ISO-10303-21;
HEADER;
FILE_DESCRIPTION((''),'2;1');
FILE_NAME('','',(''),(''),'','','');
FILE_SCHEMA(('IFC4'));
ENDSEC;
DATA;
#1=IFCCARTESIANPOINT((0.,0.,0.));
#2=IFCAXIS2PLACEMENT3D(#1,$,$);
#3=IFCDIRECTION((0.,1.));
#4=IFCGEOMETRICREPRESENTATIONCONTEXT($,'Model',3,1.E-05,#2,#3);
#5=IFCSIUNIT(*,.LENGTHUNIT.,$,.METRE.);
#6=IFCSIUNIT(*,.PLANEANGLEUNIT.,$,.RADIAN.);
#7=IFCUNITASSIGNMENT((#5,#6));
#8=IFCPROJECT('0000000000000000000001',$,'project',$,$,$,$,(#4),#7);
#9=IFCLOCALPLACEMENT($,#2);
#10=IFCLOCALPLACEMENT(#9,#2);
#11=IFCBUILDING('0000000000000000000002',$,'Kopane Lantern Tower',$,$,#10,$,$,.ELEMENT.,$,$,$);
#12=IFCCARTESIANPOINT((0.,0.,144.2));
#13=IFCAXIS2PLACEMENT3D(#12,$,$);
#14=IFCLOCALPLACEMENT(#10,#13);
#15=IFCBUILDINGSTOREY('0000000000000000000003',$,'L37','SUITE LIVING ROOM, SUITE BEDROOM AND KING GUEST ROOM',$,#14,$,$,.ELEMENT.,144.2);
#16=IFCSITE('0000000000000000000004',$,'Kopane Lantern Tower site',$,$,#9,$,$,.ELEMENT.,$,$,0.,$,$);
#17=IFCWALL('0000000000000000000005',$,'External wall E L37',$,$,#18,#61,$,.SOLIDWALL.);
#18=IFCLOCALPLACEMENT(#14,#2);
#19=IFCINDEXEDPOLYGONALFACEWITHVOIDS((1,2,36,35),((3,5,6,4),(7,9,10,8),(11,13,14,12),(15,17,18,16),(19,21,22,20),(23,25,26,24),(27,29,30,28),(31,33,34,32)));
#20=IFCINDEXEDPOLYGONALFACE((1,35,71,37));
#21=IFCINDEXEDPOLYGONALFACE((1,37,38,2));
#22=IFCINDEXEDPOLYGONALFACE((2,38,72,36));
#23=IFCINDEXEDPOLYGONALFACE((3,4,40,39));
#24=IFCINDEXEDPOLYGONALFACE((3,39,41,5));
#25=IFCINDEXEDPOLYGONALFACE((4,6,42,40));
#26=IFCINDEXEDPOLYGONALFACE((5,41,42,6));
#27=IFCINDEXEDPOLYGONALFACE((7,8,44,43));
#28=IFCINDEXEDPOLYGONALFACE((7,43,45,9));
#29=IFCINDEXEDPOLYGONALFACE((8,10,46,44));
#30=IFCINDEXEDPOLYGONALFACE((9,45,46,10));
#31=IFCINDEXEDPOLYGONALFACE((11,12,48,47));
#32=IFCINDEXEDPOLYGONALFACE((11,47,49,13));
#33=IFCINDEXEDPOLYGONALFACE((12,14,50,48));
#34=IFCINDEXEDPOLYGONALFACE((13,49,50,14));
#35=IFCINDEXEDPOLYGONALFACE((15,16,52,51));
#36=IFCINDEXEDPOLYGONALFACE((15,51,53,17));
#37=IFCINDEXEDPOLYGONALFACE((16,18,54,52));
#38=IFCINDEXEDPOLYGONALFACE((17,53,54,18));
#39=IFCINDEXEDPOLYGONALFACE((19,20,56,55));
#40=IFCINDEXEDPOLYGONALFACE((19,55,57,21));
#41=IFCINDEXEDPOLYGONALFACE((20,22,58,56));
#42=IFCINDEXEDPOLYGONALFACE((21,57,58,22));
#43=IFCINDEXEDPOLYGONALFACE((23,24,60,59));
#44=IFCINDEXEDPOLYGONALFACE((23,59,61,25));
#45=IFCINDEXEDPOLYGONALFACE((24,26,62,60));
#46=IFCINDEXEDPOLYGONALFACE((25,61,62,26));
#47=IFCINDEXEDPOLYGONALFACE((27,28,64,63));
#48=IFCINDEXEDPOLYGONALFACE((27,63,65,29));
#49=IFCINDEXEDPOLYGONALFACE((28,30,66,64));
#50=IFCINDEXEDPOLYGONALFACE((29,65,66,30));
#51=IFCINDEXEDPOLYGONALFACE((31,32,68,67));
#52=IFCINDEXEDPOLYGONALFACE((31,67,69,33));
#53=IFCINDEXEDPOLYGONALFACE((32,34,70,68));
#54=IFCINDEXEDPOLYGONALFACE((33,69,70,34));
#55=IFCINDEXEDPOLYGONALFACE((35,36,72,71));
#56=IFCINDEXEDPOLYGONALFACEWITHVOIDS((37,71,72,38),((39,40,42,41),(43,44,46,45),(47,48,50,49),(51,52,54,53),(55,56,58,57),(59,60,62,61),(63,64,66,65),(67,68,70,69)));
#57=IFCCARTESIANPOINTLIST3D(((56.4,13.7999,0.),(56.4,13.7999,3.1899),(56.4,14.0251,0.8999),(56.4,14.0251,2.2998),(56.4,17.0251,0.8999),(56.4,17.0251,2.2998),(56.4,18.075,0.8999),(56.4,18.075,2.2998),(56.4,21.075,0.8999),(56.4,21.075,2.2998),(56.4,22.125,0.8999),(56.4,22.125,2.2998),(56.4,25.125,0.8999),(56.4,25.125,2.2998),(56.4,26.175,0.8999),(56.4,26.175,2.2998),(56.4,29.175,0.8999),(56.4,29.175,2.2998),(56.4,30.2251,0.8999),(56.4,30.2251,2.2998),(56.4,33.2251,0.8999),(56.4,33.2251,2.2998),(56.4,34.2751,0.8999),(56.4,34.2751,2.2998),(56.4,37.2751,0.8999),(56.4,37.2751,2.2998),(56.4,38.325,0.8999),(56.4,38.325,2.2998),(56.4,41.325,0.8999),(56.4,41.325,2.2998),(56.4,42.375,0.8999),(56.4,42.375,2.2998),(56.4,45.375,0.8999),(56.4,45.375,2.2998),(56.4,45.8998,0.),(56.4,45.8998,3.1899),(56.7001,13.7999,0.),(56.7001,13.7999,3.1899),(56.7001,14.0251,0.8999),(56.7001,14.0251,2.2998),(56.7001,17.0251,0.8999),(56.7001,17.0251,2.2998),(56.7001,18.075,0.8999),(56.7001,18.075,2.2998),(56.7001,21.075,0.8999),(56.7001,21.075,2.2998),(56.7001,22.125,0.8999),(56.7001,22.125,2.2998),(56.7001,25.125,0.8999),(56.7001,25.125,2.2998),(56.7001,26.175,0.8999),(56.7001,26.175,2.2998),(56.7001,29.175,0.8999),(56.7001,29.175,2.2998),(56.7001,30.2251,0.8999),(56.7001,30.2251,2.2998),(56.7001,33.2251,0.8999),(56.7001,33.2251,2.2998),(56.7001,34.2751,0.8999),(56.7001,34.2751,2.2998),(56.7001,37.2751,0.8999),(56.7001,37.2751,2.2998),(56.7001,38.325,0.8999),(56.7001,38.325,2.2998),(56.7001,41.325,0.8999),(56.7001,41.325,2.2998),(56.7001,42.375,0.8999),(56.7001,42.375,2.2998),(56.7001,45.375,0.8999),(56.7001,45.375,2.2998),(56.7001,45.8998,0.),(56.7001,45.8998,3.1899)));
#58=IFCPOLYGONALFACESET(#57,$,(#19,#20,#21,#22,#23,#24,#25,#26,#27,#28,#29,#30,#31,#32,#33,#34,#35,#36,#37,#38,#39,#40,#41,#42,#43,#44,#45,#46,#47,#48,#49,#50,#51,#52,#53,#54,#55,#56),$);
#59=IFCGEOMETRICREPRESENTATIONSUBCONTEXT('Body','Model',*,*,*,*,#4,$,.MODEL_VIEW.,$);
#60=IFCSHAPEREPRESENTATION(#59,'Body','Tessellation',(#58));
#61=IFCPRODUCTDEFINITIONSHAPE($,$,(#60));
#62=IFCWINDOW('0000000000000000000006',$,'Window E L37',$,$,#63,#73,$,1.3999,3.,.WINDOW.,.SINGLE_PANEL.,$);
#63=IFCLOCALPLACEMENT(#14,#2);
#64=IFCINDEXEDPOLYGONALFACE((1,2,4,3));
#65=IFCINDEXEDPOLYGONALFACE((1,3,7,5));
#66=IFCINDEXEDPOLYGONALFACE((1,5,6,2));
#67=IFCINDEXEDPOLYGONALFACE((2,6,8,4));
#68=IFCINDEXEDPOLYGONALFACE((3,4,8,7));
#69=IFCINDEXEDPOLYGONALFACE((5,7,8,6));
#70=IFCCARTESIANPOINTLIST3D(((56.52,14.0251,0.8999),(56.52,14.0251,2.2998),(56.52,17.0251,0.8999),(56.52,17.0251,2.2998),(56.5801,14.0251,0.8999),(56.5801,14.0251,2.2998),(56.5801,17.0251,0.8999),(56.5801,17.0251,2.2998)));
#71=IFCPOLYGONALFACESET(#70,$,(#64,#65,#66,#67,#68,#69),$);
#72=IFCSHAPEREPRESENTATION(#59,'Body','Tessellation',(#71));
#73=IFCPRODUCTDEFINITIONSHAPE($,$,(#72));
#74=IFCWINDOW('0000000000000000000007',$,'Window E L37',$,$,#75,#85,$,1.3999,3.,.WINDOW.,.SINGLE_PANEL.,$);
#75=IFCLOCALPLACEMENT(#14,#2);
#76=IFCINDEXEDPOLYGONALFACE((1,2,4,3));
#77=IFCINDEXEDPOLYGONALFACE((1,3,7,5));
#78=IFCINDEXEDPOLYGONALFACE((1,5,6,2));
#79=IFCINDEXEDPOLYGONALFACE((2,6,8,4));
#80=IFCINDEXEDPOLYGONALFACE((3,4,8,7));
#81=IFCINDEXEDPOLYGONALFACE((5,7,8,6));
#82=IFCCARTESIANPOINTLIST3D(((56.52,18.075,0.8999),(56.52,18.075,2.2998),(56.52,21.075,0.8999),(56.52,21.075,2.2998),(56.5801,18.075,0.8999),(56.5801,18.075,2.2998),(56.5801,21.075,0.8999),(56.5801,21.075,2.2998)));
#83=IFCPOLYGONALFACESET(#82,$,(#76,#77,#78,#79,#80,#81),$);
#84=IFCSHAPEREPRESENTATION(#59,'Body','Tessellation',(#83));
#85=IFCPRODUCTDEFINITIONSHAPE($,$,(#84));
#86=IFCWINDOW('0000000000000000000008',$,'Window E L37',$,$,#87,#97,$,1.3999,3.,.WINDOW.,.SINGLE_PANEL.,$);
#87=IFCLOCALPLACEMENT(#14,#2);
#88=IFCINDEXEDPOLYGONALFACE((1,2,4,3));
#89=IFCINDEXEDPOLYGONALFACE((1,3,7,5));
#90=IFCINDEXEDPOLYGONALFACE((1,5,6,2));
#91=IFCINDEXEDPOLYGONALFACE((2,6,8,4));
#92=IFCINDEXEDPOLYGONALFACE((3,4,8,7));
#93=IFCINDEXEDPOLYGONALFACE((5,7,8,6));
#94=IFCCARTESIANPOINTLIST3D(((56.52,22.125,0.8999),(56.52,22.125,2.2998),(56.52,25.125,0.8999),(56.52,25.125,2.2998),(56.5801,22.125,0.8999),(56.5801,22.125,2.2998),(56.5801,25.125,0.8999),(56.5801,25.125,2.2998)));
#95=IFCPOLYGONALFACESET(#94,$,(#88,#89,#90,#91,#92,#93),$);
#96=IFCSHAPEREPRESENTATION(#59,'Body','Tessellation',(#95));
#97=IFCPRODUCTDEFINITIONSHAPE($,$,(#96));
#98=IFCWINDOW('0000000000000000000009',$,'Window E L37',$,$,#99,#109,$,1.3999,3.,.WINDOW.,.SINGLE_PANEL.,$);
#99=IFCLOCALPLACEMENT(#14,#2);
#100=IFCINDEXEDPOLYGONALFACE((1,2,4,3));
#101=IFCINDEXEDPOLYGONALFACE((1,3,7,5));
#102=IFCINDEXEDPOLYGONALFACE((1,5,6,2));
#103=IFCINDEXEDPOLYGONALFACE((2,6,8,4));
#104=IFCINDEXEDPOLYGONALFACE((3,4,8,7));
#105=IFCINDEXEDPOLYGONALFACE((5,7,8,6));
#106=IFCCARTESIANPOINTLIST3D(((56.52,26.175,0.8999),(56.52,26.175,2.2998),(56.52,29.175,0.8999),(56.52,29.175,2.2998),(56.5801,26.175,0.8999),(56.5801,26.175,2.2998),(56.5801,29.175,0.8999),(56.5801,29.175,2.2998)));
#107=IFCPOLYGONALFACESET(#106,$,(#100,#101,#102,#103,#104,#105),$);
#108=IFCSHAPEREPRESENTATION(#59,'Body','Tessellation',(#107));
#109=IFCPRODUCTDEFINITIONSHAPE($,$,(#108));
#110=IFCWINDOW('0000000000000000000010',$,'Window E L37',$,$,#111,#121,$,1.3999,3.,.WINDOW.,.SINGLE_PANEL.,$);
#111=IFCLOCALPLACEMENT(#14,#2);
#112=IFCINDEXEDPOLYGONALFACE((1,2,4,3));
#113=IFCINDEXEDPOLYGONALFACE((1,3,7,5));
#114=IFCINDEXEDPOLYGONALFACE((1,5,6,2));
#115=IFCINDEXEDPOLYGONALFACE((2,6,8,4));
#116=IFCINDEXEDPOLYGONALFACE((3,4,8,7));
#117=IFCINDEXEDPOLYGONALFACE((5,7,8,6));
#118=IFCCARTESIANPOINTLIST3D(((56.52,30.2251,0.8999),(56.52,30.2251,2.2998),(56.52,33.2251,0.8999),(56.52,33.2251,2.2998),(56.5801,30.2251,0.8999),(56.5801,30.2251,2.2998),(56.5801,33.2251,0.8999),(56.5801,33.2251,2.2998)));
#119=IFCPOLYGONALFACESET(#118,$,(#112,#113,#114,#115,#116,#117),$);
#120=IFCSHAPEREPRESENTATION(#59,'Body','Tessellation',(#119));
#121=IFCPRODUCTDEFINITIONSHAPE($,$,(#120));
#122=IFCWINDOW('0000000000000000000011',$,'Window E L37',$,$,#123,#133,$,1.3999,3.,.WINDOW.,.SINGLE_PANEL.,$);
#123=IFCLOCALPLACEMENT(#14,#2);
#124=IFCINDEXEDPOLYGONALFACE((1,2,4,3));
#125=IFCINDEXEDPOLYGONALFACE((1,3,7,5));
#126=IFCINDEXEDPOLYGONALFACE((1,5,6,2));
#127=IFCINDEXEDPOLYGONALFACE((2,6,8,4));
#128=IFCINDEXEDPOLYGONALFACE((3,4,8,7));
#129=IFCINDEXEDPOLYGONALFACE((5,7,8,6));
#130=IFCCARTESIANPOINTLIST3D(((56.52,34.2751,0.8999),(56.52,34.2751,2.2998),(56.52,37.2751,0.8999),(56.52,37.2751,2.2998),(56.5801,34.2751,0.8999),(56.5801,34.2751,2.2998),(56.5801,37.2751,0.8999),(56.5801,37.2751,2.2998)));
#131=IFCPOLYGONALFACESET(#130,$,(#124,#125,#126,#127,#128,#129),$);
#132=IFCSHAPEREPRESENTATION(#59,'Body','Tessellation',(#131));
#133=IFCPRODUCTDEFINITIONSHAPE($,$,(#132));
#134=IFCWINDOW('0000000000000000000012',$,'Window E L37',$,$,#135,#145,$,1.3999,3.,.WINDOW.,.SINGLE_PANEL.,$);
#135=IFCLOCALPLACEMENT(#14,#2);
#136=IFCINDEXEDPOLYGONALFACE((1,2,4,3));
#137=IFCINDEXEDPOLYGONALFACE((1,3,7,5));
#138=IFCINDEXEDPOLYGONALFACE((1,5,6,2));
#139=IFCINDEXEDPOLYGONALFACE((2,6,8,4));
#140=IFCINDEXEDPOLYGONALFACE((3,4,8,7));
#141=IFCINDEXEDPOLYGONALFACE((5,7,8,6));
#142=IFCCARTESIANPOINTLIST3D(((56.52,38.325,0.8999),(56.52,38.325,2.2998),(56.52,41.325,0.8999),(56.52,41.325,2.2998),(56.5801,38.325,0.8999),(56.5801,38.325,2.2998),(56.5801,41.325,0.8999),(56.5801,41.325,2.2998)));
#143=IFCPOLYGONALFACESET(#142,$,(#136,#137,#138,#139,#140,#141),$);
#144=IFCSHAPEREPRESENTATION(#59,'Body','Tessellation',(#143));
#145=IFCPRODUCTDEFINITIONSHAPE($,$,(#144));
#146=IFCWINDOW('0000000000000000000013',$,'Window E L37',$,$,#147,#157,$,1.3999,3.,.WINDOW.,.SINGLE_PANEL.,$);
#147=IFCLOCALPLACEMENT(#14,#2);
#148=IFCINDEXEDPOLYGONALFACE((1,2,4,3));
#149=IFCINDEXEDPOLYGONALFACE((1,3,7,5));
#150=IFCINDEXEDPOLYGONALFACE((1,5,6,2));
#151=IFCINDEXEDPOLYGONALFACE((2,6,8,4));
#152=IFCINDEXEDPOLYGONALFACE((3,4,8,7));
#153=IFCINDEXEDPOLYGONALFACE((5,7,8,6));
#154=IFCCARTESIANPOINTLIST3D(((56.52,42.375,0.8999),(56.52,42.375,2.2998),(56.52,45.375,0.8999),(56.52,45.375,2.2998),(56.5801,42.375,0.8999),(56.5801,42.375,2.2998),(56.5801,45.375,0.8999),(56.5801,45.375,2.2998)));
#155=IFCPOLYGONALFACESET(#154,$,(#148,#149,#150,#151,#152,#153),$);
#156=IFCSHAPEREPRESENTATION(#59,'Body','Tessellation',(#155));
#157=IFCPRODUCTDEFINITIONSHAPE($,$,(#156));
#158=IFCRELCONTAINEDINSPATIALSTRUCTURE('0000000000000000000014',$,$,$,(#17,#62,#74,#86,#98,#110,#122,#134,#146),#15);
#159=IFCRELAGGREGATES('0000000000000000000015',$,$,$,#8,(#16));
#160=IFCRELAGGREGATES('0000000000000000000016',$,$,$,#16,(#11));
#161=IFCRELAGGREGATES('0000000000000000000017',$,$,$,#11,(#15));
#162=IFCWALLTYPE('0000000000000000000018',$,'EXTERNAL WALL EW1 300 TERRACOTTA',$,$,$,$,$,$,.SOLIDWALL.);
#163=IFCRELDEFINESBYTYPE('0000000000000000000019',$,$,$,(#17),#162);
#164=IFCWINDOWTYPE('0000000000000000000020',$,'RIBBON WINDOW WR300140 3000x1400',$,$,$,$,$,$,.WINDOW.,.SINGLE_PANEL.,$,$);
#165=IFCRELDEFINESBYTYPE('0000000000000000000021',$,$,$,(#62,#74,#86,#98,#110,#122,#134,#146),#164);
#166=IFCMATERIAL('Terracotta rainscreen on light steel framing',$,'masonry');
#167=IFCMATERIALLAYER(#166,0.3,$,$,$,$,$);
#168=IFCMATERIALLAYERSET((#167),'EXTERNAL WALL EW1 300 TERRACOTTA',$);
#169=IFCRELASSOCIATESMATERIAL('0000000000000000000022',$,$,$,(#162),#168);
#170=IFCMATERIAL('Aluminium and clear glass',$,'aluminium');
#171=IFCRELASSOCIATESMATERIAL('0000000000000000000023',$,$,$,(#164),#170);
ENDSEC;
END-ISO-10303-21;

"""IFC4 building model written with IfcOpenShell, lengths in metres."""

from ifc_helpers import new_model, si_unit, direction, frame, frame_2d, origin, place, context, subcontext, project, spatial, rectangle, extrude, material, layer, layer_set, type_object, element, fill, save


model = new_model("IFC4")

# Units and contexts
model_context = context("Model", 3, precision=1e-05, world=origin(), true_north=direction((0.0, 1.0)))
body_context = subcontext(model_context, "Body", "Model", "MODEL_VIEW")
ifc_project = project(units=[si_unit("LENGTHUNIT", "METRE"), si_unit("PLANEANGLEUNIT", "RADIAN")], contexts=[model_context])

# Site, building, storey
site_placement = place(None, origin())
site = spatial("IfcSite", under=ifc_project, at=site_placement, Name="Kopane Lantern Tower site", CompositionType="ELEMENT", RefElevation=0.0)
building_placement = place(site_placement, origin())
building = spatial("IfcBuilding", under=site, at=building_placement, Name="Kopane Lantern Tower", CompositionType="ELEMENT")
storey_placement = place(building_placement, frame((0.0, 0.0, 144.2)))
storey = spatial("IfcBuildingStorey", under=building, at=storey_placement, Name="L37", Description="SUITE LIVING ROOM, SUITE BEDROOM AND KING GUEST ROOM", CompositionType="ELEMENT", Elevation=144.2)

# Shared definitions
ifc_material_1 = material(Name="Terracotta rainscreen on light steel framing", Category="masonry")
ifc_layer_1 = layer(ifc_material_1, 0.3)
ifc_layer_set_1 = layer_set([ifc_layer_1], Name="EXTERNAL WALL EW1 300 TERRACOTTA")
wall_type_1 = type_object("IfcWallType", Name="EXTERNAL WALL EW1 300 TERRACOTTA", PredefinedType="SOLIDWALL", material=ifc_layer_set_1)
ifc_material_2 = material(Name="Aluminium and clear glass", Category="aluminium")
window_type = type_object("IfcWindowType", Name="RIBBON WINDOW WR300140 3000x1400", PartitioningType="SINGLE_PANEL", PredefinedType="WINDOW", material=ifc_material_2)

# Wall, openings, windows
wall_1_placement = place(storey_placement, frame((56.55, 13.8, 0.0), z_axis=(0.0, 0.0, 1.0), x_axis=(0.0, 1.0, 0.0)))
wall_1 = element("IfcWall", 1, at=wall_1_placement, inside=storey, type_object=wall_type_1, Name="External wall E L37", PredefinedType="SOLIDWALL", context=body_context, shape_type="SweptSolid", body=[
    extrude(rectangle(XDim=32.0999, YDim=0.3, at=frame_2d((16.0498, 0.0))), origin(), (0.0, 0.0, 1.0), 3.1899),
])
opening_1_placement = place(wall_1_placement, frame((0.2251, 0.0, 0.8999)))
opening_1 = element("IfcOpeningElement", 2, at=opening_1_placement, cuts=wall_1, PredefinedType="OPENING", context=body_context, shape_type="SweptSolid", body=[
    extrude(rectangle(XDim=3.0, YDim=1.3999, at=frame_2d((1.5, 0.7))), frame((0.0, 0.1599, 0.0), z_axis=(0.0, -1.0, 0.0), x_axis=(1.0, 0.0, 0.0)), (0.0, 0.0, 1.0), 0.3201),
])
opening_2_placement = place(wall_1_placement, frame((4.2749, 0.0, 0.8999)))
opening_2 = element("IfcOpeningElement", 3, at=opening_2_placement, cuts=wall_1, PredefinedType="OPENING", context=body_context, shape_type="SweptSolid", body=[
    extrude(rectangle(XDim=3.0, YDim=1.3999, at=frame_2d((1.5, 0.7))), frame((0.0, 0.1599, 0.0), z_axis=(0.0, -1.0, 0.0), x_axis=(1.0, 0.0, 0.0)), (0.0, 0.0, 1.0), 0.3201),
])
opening_3_placement = place(wall_1_placement, frame((8.325, 0.0, 0.8999)))
opening_3 = element("IfcOpeningElement", 4, at=opening_3_placement, cuts=wall_1, PredefinedType="OPENING", context=body_context, shape_type="SweptSolid", body=[
    extrude(rectangle(XDim=3.0, YDim=1.3999, at=frame_2d((1.5, 0.7))), frame((0.0, 0.1599, 0.0), z_axis=(0.0, -1.0, 0.0), x_axis=(1.0, 0.0, 0.0)), (0.0, 0.0, 1.0), 0.3201),
])
opening_4_placement = place(wall_1_placement, frame((12.375, 0.0, 0.8999)))
opening_4 = element("IfcOpeningElement", 5, at=opening_4_placement, cuts=wall_1, PredefinedType="OPENING", context=body_context, shape_type="SweptSolid", body=[
    extrude(rectangle(XDim=3.0, YDim=1.3999, at=frame_2d((1.5, 0.7))), frame((0.0, 0.1599, 0.0), z_axis=(0.0, -1.0, 0.0), x_axis=(1.0, 0.0, 0.0)), (0.0, 0.0, 1.0), 0.3201),
])
opening_5_placement = place(wall_1_placement, frame((16.425, 0.0, 0.8999)))
opening_5 = element("IfcOpeningElement", 6, at=opening_5_placement, cuts=wall_1, PredefinedType="OPENING", context=body_context, shape_type="SweptSolid", body=[
    extrude(rectangle(XDim=3.0, YDim=1.3999, at=frame_2d((1.5, 0.7))), frame((0.0, 0.1599, 0.0), z_axis=(0.0, -1.0, 0.0), x_axis=(1.0, 0.0, 0.0)), (0.0, 0.0, 1.0), 0.3201),
])
opening_6_placement = place(wall_1_placement, frame((20.4751, 0.0, 0.8999)))
opening_6 = element("IfcOpeningElement", 7, at=opening_6_placement, cuts=wall_1, PredefinedType="OPENING", context=body_context, shape_type="SweptSolid", body=[
    extrude(rectangle(XDim=3.0, YDim=1.3999, at=frame_2d((1.5, 0.7))), frame((0.0, 0.1599, 0.0), z_axis=(0.0, -1.0, 0.0), x_axis=(1.0, 0.0, 0.0)), (0.0, 0.0, 1.0), 0.3201),
])
opening_7_placement = place(wall_1_placement, frame((24.5249, 0.0, 0.8999)))
opening_7 = element("IfcOpeningElement", 8, at=opening_7_placement, cuts=wall_1, PredefinedType="OPENING", context=body_context, shape_type="SweptSolid", body=[
    extrude(rectangle(XDim=3.0, YDim=1.3999, at=frame_2d((1.5, 0.7))), frame((0.0, 0.1599, 0.0), z_axis=(0.0, -1.0, 0.0), x_axis=(1.0, 0.0, 0.0)), (0.0, 0.0, 1.0), 0.3201),
])
opening_8_placement = place(wall_1_placement, frame((28.575, 0.0, 0.8999)))
opening_8 = element("IfcOpeningElement", 9, at=opening_8_placement, cuts=wall_1, PredefinedType="OPENING", context=body_context, shape_type="SweptSolid", body=[
    extrude(rectangle(XDim=3.0, YDim=1.3999, at=frame_2d((1.5, 0.7))), frame((0.0, 0.1599, 0.0), z_axis=(0.0, -1.0, 0.0), x_axis=(1.0, 0.0, 0.0)), (0.0, 0.0, 1.0), 0.3201),
])
window_1_placement = place(opening_1_placement, origin())
window_1 = element("IfcWindow", 10, at=window_1_placement, inside=storey, type_object=window_type, Name="Window E L37", OverallHeight=1.3999, OverallWidth=3.0, PartitioningType="SINGLE_PANEL", PredefinedType="WINDOW", context=body_context, shape_type="SweptSolid", body=[
    extrude(rectangle(XDim=3.0, YDim=1.3999, at=frame_2d((1.5, 0.7))), frame((0.0, 0.03, 0.0), z_axis=(0.0, -1.0, 0.0), x_axis=(1.0, 0.0, 0.0)), (0.0, 0.0, 1.0), 0.0601),
])
fill(opening_1, window_1)
window_2_placement = place(opening_2_placement, origin())
window_2 = element("IfcWindow", 11, at=window_2_placement, inside=storey, type_object=window_type, Name="Window E L37", OverallHeight=1.3999, OverallWidth=3.0, PartitioningType="SINGLE_PANEL", PredefinedType="WINDOW", context=body_context, shape_type="SweptSolid", body=[
    extrude(rectangle(XDim=3.0, YDim=1.3999, at=frame_2d((1.5, 0.7))), frame((0.0, 0.03, 0.0), z_axis=(0.0, -1.0, 0.0), x_axis=(1.0, 0.0, 0.0)), (0.0, 0.0, 1.0), 0.0601),
])
fill(opening_2, window_2)
window_3_placement = place(opening_3_placement, origin())
window_3 = element("IfcWindow", 12, at=window_3_placement, inside=storey, type_object=window_type, Name="Window E L37", OverallHeight=1.3999, OverallWidth=3.0, PartitioningType="SINGLE_PANEL", PredefinedType="WINDOW", context=body_context, shape_type="SweptSolid", body=[
    extrude(rectangle(XDim=3.0, YDim=1.3999, at=frame_2d((1.5, 0.7))), frame((0.0, 0.03, 0.0), z_axis=(0.0, -1.0, 0.0), x_axis=(1.0, 0.0, 0.0)), (0.0, 0.0, 1.0), 0.0601),
])
fill(opening_3, window_3)
window_4_placement = place(opening_4_placement, origin())
window_4 = element("IfcWindow", 13, at=window_4_placement, inside=storey, type_object=window_type, Name="Window E L37", OverallHeight=1.3999, OverallWidth=3.0, PartitioningType="SINGLE_PANEL", PredefinedType="WINDOW", context=body_context, shape_type="SweptSolid", body=[
    extrude(rectangle(XDim=3.0, YDim=1.3999, at=frame_2d((1.5, 0.7))), frame((0.0, 0.03, 0.0), z_axis=(0.0, -1.0, 0.0), x_axis=(1.0, 0.0, 0.0)), (0.0, 0.0, 1.0), 0.0601),
])
fill(opening_4, window_4)
window_5_placement = place(opening_5_placement, origin())
window_5 = element("IfcWindow", 14, at=window_5_placement, inside=storey, type_object=window_type, Name="Window E L37", OverallHeight=1.3999, OverallWidth=3.0, PartitioningType="SINGLE_PANEL", PredefinedType="WINDOW", context=body_context, shape_type="SweptSolid", body=[
    extrude(rectangle(XDim=3.0, YDim=1.3999, at=frame_2d((1.5, 0.7))), frame((0.0, 0.03, 0.0), z_axis=(0.0, -1.0, 0.0), x_axis=(1.0, 0.0, 0.0)), (0.0, 0.0, 1.0), 0.0601),
])
fill(opening_5, window_5)
window_6_placement = place(opening_6_placement, origin())
window_6 = element("IfcWindow", 15, at=window_6_placement, inside=storey, type_object=window_type, Name="Window E L37", OverallHeight=1.3999, OverallWidth=3.0, PartitioningType="SINGLE_PANEL", PredefinedType="WINDOW", context=body_context, shape_type="SweptSolid", body=[
    extrude(rectangle(XDim=3.0, YDim=1.3999, at=frame_2d((1.5, 0.7))), frame((0.0, 0.03, 0.0), z_axis=(0.0, -1.0, 0.0), x_axis=(1.0, 0.0, 0.0)), (0.0, 0.0, 1.0), 0.0601),
])
fill(opening_6, window_6)
window_7_placement = place(opening_7_placement, origin())
window_7 = element("IfcWindow", 16, at=window_7_placement, inside=storey, type_object=window_type, Name="Window E L37", OverallHeight=1.3999, OverallWidth=3.0, PartitioningType="SINGLE_PANEL", PredefinedType="WINDOW", context=body_context, shape_type="SweptSolid", body=[
    extrude(rectangle(XDim=3.0, YDim=1.3999, at=frame_2d((1.5, 0.7))), frame((0.0, 0.03, 0.0), z_axis=(0.0, -1.0, 0.0), x_axis=(1.0, 0.0, 0.0)), (0.0, 0.0, 1.0), 0.0601),
])
fill(opening_7, window_7)
window_8_placement = place(opening_8_placement, origin())
window_8 = element("IfcWindow", 17, at=window_8_placement, inside=storey, type_object=window_type, Name="Window E L37", OverallHeight=1.3999, OverallWidth=3.0, PartitioningType="SINGLE_PANEL", PredefinedType="WINDOW", context=body_context, shape_type="SweptSolid", body=[
    extrude(rectangle(XDim=3.0, YDim=1.3999, at=frame_2d((1.5, 0.7))), frame((0.0, 0.03, 0.0), z_axis=(0.0, -1.0, 0.0), x_axis=(1.0, 0.0, 0.0)), (0.0, 0.0, 1.0), 0.0601),
])
fill(opening_8, window_8)

save(model, "model.ifc")
